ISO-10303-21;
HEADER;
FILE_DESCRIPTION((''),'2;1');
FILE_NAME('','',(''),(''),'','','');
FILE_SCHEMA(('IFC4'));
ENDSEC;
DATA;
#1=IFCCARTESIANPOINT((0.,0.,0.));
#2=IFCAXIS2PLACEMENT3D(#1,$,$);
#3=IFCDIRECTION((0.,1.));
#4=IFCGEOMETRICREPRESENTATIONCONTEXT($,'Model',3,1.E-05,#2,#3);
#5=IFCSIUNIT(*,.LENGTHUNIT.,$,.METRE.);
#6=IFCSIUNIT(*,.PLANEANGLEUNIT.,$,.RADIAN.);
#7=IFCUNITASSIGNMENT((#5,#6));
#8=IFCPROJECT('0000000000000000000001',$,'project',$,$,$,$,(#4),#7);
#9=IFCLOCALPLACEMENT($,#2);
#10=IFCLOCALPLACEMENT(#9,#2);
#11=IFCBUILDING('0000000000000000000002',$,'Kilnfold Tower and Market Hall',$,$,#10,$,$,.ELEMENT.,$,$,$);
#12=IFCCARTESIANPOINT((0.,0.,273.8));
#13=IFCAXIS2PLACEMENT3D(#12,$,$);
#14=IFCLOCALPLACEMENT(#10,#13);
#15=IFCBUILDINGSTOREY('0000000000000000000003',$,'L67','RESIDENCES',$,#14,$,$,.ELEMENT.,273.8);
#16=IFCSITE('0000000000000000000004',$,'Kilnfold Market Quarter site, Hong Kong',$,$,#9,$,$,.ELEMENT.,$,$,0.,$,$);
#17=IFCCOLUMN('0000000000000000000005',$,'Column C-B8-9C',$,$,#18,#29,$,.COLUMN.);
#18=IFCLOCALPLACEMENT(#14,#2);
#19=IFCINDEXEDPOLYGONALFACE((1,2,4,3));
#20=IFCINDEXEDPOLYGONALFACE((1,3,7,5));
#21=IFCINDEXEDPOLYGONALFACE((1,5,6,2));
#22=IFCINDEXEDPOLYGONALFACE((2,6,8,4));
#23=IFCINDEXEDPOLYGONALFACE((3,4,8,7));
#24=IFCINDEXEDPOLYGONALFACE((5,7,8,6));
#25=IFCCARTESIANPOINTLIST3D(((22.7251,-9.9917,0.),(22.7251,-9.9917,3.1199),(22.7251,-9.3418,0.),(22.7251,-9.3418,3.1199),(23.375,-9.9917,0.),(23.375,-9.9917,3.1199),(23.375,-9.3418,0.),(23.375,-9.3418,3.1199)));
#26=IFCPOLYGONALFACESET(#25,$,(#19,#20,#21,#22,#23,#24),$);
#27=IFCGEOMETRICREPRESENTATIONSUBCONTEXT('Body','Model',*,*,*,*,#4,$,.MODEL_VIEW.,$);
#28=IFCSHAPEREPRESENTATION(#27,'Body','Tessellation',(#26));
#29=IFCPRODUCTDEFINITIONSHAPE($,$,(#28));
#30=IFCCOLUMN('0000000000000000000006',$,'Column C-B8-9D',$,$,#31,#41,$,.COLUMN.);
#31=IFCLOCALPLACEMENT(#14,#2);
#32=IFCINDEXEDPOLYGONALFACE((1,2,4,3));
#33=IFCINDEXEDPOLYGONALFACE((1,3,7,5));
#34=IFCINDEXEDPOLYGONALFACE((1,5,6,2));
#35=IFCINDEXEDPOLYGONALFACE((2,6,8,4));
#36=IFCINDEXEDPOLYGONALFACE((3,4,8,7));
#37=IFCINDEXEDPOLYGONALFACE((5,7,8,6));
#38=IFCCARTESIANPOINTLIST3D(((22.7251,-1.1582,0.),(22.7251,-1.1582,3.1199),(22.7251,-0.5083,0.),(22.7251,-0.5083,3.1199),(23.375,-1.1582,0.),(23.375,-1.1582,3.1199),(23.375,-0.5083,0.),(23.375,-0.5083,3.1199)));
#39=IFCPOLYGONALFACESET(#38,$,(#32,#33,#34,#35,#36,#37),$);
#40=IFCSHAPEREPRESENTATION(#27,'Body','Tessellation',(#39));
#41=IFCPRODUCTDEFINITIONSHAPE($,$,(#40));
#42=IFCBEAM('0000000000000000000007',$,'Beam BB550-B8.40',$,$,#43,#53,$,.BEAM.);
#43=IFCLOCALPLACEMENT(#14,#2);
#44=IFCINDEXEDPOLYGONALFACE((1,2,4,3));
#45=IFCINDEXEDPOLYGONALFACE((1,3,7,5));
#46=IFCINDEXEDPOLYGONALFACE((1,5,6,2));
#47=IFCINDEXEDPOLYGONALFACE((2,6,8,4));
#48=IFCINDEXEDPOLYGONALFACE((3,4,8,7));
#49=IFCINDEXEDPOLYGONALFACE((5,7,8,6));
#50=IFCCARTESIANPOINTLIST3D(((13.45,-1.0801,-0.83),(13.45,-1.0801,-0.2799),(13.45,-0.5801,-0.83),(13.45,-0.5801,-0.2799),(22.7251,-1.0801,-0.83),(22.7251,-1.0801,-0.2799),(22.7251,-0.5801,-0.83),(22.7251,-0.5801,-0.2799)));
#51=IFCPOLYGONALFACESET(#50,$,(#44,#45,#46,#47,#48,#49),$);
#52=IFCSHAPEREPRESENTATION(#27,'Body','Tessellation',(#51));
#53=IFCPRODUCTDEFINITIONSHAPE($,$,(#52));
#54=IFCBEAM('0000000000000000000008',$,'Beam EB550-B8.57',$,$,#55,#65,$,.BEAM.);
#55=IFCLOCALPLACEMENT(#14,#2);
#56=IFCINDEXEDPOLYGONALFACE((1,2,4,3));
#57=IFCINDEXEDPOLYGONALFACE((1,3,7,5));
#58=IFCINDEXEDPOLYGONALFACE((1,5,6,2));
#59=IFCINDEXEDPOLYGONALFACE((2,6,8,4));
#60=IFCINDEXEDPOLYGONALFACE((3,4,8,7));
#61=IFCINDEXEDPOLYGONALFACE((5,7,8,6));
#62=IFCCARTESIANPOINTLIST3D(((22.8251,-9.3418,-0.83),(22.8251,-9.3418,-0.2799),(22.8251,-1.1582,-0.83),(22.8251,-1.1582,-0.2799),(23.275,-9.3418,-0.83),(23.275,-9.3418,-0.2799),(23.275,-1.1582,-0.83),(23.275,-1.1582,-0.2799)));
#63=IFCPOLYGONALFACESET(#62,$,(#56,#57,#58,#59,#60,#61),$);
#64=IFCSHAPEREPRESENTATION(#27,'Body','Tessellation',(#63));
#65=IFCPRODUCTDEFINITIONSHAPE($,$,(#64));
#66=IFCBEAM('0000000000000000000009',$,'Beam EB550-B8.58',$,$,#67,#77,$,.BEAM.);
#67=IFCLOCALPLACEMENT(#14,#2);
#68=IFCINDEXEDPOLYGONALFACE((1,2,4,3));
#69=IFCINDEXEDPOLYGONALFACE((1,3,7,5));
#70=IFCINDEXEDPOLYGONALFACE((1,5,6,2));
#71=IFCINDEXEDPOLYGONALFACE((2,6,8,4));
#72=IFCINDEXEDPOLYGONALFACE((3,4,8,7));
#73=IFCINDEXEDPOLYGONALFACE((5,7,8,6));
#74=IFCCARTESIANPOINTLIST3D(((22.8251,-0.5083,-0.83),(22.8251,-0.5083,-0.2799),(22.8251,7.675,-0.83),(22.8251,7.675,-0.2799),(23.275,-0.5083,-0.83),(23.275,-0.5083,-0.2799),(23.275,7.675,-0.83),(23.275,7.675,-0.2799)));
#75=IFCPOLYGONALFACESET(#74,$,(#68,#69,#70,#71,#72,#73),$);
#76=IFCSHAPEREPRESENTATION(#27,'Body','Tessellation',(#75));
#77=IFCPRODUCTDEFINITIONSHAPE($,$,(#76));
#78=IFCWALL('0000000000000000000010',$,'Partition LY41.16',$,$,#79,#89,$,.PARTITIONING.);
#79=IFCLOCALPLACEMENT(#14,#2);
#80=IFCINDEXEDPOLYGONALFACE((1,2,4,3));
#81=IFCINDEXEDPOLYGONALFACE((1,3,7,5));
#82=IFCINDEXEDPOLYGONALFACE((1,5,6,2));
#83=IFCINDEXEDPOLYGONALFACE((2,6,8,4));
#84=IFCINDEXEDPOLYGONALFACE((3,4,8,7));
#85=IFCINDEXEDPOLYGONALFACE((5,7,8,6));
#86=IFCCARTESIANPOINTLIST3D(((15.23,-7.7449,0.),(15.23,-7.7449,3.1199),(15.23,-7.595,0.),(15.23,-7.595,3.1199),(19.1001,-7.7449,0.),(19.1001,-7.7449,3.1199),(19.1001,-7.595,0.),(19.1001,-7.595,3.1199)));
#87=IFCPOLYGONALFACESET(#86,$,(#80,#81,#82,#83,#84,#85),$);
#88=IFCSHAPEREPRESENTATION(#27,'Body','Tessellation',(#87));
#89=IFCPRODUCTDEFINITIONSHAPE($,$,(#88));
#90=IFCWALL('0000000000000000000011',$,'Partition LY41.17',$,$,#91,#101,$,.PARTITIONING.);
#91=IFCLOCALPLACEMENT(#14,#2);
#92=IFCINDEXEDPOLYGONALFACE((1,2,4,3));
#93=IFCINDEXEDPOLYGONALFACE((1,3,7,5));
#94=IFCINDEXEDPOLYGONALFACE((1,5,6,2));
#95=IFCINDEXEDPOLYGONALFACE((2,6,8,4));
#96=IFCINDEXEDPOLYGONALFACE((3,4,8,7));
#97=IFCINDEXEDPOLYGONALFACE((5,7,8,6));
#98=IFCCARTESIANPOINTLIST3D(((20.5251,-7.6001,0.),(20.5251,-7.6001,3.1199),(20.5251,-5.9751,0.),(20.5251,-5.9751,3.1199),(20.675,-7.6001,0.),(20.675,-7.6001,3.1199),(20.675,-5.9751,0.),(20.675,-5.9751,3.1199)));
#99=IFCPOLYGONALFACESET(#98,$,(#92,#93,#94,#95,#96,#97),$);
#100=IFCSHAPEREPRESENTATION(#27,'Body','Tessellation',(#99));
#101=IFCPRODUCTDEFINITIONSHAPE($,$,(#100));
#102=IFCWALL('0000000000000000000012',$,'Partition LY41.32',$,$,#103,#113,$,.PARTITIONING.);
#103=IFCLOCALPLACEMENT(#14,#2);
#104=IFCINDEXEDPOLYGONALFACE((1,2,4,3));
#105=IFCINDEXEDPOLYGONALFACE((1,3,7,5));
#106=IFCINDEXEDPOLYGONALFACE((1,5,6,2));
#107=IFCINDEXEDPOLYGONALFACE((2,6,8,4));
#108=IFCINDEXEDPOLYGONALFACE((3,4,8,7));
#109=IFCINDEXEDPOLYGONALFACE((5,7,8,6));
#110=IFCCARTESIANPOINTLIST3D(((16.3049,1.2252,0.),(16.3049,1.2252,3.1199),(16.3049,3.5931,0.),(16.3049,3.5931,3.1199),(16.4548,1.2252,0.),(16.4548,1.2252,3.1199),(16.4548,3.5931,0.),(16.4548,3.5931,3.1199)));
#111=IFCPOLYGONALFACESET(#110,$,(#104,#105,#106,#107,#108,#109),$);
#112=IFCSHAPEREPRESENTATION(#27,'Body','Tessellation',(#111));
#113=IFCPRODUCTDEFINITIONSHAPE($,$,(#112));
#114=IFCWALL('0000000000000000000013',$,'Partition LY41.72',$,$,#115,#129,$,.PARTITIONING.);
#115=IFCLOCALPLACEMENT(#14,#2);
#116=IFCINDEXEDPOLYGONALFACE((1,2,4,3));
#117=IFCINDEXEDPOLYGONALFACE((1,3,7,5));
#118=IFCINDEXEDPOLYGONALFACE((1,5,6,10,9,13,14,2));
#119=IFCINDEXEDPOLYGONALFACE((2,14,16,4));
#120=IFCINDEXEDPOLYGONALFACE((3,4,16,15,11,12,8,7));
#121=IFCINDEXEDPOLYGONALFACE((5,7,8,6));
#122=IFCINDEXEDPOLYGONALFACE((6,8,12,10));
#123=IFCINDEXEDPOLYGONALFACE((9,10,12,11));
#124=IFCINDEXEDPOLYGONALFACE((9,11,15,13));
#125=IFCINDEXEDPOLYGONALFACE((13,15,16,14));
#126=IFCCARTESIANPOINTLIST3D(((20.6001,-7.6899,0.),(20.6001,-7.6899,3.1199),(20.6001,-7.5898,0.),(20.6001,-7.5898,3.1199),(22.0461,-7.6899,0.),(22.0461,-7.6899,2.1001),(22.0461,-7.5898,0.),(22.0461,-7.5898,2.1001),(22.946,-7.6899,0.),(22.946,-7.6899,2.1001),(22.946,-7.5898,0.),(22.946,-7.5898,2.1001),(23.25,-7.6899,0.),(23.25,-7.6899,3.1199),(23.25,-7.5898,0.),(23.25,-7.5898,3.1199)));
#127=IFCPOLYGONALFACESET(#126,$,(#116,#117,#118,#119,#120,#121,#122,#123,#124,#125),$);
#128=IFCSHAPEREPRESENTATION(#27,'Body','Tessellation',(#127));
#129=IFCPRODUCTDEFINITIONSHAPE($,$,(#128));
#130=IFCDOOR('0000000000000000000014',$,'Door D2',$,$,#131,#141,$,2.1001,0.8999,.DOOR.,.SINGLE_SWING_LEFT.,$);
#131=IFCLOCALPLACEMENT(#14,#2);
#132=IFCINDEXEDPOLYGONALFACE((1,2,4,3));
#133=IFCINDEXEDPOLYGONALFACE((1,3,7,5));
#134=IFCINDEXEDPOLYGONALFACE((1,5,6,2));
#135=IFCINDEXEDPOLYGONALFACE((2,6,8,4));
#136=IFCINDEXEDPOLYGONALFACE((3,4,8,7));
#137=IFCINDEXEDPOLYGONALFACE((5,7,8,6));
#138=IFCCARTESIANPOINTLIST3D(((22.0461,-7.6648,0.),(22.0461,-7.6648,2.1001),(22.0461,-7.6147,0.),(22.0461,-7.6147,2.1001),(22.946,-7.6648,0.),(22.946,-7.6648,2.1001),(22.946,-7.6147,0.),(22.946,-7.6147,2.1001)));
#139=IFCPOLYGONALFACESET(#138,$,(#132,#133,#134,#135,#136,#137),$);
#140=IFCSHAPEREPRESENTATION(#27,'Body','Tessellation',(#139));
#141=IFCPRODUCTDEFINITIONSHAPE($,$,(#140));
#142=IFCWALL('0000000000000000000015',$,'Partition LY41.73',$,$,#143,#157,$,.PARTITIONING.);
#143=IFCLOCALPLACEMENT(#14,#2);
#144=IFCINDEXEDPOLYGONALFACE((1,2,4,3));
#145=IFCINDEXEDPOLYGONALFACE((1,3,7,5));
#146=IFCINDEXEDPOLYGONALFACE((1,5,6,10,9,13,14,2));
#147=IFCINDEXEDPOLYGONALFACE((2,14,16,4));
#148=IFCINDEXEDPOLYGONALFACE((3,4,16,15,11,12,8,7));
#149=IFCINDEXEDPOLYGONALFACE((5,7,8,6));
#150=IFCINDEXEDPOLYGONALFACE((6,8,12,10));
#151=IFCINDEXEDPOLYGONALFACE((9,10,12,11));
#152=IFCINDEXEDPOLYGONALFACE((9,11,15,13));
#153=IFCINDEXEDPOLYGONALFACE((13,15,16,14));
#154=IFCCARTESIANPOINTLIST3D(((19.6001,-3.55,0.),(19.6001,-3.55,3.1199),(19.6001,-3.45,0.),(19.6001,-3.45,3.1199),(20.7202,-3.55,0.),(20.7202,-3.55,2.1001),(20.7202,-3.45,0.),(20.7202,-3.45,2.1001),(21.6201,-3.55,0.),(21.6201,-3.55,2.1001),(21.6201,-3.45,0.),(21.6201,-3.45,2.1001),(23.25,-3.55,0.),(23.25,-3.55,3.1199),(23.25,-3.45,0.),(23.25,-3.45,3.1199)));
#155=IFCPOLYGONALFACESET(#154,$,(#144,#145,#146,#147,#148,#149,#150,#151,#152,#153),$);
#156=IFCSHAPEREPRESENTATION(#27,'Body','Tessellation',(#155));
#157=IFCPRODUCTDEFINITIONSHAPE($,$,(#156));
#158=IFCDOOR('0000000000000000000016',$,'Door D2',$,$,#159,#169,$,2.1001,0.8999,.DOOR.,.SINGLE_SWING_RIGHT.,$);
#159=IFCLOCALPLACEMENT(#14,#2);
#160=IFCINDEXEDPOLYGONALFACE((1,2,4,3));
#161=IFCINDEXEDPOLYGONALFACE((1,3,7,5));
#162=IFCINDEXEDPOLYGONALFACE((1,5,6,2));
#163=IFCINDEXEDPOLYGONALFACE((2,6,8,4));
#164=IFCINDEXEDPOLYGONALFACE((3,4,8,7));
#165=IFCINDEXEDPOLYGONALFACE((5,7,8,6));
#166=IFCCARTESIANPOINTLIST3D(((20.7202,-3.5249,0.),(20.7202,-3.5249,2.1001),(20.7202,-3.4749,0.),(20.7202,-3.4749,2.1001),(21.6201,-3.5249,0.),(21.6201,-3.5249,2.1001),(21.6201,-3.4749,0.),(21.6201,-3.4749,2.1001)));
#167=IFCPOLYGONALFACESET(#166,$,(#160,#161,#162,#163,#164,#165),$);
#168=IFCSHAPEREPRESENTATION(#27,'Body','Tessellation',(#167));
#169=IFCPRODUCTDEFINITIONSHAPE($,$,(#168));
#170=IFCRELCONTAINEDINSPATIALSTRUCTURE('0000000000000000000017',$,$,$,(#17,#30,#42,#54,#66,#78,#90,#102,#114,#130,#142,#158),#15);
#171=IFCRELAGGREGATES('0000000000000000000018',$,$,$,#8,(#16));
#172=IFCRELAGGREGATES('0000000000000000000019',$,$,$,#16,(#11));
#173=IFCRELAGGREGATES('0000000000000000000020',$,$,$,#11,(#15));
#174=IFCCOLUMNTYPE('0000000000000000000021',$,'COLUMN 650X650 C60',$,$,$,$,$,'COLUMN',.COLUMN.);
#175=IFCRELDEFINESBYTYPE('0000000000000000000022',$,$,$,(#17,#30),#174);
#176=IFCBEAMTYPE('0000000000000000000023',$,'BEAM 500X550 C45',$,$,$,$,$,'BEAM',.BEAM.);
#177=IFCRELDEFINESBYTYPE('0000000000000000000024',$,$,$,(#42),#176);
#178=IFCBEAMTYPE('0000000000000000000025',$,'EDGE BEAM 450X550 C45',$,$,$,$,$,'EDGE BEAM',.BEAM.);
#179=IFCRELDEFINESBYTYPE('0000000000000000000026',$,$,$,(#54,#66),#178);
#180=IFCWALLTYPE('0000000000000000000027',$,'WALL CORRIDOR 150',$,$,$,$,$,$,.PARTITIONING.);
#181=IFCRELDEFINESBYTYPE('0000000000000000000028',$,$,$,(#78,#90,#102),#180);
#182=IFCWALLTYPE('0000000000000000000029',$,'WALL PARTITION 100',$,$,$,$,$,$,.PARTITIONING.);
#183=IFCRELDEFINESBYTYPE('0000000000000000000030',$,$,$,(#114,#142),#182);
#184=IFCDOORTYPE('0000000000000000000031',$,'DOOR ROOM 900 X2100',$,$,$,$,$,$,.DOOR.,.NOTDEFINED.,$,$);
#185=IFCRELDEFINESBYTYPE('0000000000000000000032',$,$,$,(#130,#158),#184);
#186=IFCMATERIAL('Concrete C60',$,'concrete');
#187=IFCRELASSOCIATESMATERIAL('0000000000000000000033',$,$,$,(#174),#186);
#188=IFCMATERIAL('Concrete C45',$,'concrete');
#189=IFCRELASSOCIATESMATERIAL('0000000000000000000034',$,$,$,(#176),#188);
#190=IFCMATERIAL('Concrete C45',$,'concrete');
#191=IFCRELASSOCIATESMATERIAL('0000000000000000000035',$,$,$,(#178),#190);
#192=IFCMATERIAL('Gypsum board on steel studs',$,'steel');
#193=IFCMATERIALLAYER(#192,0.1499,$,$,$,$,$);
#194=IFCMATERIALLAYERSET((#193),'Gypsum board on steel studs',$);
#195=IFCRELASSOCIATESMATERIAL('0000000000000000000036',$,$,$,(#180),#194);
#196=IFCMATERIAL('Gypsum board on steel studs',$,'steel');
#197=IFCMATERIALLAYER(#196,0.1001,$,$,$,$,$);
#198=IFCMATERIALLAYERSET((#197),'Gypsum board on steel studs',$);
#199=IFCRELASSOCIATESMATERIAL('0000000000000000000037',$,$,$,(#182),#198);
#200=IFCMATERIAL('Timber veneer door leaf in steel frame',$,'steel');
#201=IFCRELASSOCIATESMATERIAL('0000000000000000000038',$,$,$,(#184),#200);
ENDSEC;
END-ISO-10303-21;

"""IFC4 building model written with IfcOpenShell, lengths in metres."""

from ifc_helpers import new_model, si_unit, direction, frame, frame_2d, origin, origin_2d, place, context, subcontext, project, spatial, rectangle, extrude, source, transform, mapped, material, layer, layer_set, material_profile, profile_set, type_object, element, fill, save


model = new_model("IFC4")

# Units and contexts
model_context = context("Model", 3, precision=1e-05, world=origin(), true_north=direction((0.0, 1.0)))
body_context = subcontext(model_context, "Body", "Model", "MODEL_VIEW")
ifc_project = project(units=[si_unit("LENGTHUNIT", "METRE"), si_unit("PLANEANGLEUNIT", "RADIAN")], contexts=[model_context])

# Site, building, storey
site_placement = place(None, origin())
site = spatial("IfcSite", under=ifc_project, at=site_placement, Name="Kilnfold Market Quarter site, Hong Kong", CompositionType="ELEMENT", RefElevation=0.0)
building_placement = place(site_placement, origin())
building = spatial("IfcBuilding", under=site, at=building_placement, Name="Kilnfold Tower and Market Hall", CompositionType="ELEMENT")
storey_placement = place(building_placement, frame((0.0, 0.0, 273.8)))
storey = spatial("IfcBuildingStorey", under=building, at=storey_placement, Name="L67", Description="RESIDENCES", CompositionType="ELEMENT", Elevation=273.8)

# Columns
ifc_material_1 = material(Name="Concrete C60", Category="concrete")
ifc_material_profile_1 = material_profile(ifc_material_1, rectangle(XDim=0.6499, YDim=0.6499, at=origin_2d()), Name="RC 650x650")
ifc_profile_set_1 = profile_set([ifc_material_profile_1], Name="Concrete C60")
column_type = type_object("IfcColumnType", Name="COLUMN 650X650 C60", ElementType="COLUMN", PredefinedType="COLUMN", material=ifc_profile_set_1)
shared_shape_1 = source(origin(), body_context, "Body", "SweptSolid", [
    extrude(rectangle(XDim=0.6499, YDim=0.6499, at=origin_2d()), origin(), (0.0, 0.0, 1.0), 3.1199),
])
for number, where, z_axis, x_axis, name in (
    (1, (23.05, -9.6667, 0.0), (0.0, 0.0, 1.0), (1.0, 0.0, 0.0), "Column C-B8-9C"),
    (2, (23.05, -0.8333, 0.0), (0.0, 0.0, 1.0), (1.0, 0.0, 0.0), "Column C-B8-9D"),
):
    element("IfcColumn", number, at=place(storey_placement, frame(where, z_axis=z_axis, x_axis=x_axis)), inside=storey, type_object=column_type, Name=name, PredefinedType="COLUMN", context=body_context, shape_type="MappedRepresentation", body=[
        mapped(shared_shape_1, transform((0.0, 0.0, 0.0))),
    ])

# Beams
ifc_material_2 = material(Name="Concrete C45", Category="concrete")
ifc_material_profile_2 = material_profile(ifc_material_2, rectangle(XDim=0.5, YDim=0.55, at=origin_2d()), Name="RC 500x550")
ifc_profile_set_2 = profile_set([ifc_material_profile_2], Name="Concrete C45")
beam_type_1 = type_object("IfcBeamType", Name="BEAM 500X550 C45", ElementType="BEAM", PredefinedType="BEAM", material=ifc_profile_set_2)
shared_shape_2 = source(origin(), body_context, "Body", "SweptSolid", [
    extrude(rectangle(XDim=0.5, YDim=0.55, at=origin_2d()), origin(), (0.0, 0.0, 1.0), 9.2751),
])
beam_1_placement = place(storey_placement, frame((13.45, -0.8301, -0.5549), z_axis=(1.0, 0.0, 0.0), x_axis=(0.0, 1.0, 0.0)))
element("IfcBeam", 3, at=beam_1_placement, inside=storey, type_object=beam_type_1, Name="Beam BB550-B8.40", PredefinedType="BEAM", context=body_context, shape_type="MappedRepresentation", body=[
    mapped(shared_shape_2, transform((0.0, 0.0, 0.0))),
])
ifc_material_3 = material(Name="Concrete C45", Category="concrete")
ifc_material_profile_3 = material_profile(ifc_material_3, rectangle(XDim=0.45, YDim=0.55, at=origin_2d()), Name="RC 450x550")
ifc_profile_set_3 = profile_set([ifc_material_profile_3], Name="Concrete C45")
beam_type_2 = type_object("IfcBeamType", Name="EDGE BEAM 450X550 C45", ElementType="EDGE BEAM", PredefinedType="BEAM", material=ifc_profile_set_3)
shared_shape_3 = source(origin(), body_context, "Body", "SweptSolid", [
    extrude(rectangle(XDim=0.45, YDim=0.55, at=origin_2d()), origin(), (0.0, 0.0, 1.0), 8.1836),
])
beam_2_placement = place(storey_placement, frame((23.05, -9.3418, -0.5549), z_axis=(0.0, 1.0, 0.0), x_axis=(-1.0, 0.0, 0.0)))
element("IfcBeam", 4, at=beam_2_placement, inside=storey, type_object=beam_type_2, Name="Beam EB550-B8.57", PredefinedType="BEAM", context=body_context, shape_type="MappedRepresentation", body=[
    mapped(shared_shape_3, transform((0.0, 0.0, 0.0))),
])
shared_shape_4 = source(origin(), body_context, "Body", "SweptSolid", [
    extrude(rectangle(XDim=0.45, YDim=0.55, at=origin_2d()), origin(), (0.0, 0.0, 1.0), 8.1833),
])
beam_3_placement = place(storey_placement, frame((23.05, -0.5083, -0.5549), z_axis=(0.0, 1.0, 0.0), x_axis=(-1.0, 0.0, 0.0)))
element("IfcBeam", 5, at=beam_3_placement, inside=storey, type_object=beam_type_2, Name="Beam EB550-B8.58", PredefinedType="BEAM", context=body_context, shape_type="MappedRepresentation", body=[
    mapped(shared_shape_4, transform((0.0, 0.0, 0.0))),
])

# Walls
ifc_material_4 = material(Name="Gypsum board on steel studs", Category="steel")
ifc_layer_1 = layer(ifc_material_4, 0.1499)
ifc_layer_set_1 = layer_set([ifc_layer_1], Name="Gypsum board on steel studs")
wall_type_1 = type_object("IfcWallType", Name="WALL CORRIDOR 150", PredefinedType="PARTITIONING", material=ifc_layer_set_1)
wall_1_placement = place(storey_placement, frame((15.23, -7.6699, 0.0), z_axis=(0.0, 0.0, 1.0), x_axis=(1.0, 0.0, 0.0)))
element("IfcWall", 6, at=wall_1_placement, inside=storey, type_object=wall_type_1, Name="Partition LY41.16", PredefinedType="PARTITIONING", context=body_context, shape_type="SweptSolid", body=[
    extrude(rectangle(XDim=3.8701, YDim=0.1499, at=frame_2d((1.9351, 0.0))), origin(), (0.0, 0.0, 1.0), 3.1199),
])
wall_2_placement = place(storey_placement, frame((20.6001, -7.6001, 0.0), z_axis=(0.0, 0.0, 1.0), x_axis=(0.0, 1.0, 0.0)))
element("IfcWall", 7, at=wall_2_placement, inside=storey, type_object=wall_type_1, Name="Partition LY41.17", PredefinedType="PARTITIONING", context=body_context, shape_type="SweptSolid", body=[
    extrude(rectangle(XDim=1.625, YDim=0.1499, at=frame_2d((0.8125, 0.0))), origin(), (0.0, 0.0, 1.0), 3.1199),
])
wall_3_placement = place(storey_placement, frame((16.3799, 1.2251, 0.0), z_axis=(0.0, 0.0, 1.0), x_axis=(0.0, 1.0, 0.0)))
element("IfcWall", 8, at=wall_3_placement, inside=storey, type_object=wall_type_1, Name="Partition LY41.32", PredefinedType="PARTITIONING", context=body_context, shape_type="SweptSolid", body=[
    extrude(rectangle(XDim=2.3679, YDim=0.1499, at=frame_2d((1.1841, 0.0))), origin(), (0.0, 0.0, 1.0), 3.1199),
])

# Walls, openings, doors
ifc_material_5 = material(Name="Gypsum board on steel studs", Category="steel")
ifc_layer_2 = layer(ifc_material_5, 0.1001)
ifc_layer_set_2 = layer_set([ifc_layer_2], Name="Gypsum board on steel studs")
wall_type_2 = type_object("IfcWallType", Name="WALL PARTITION 100", PredefinedType="PARTITIONING", material=ifc_layer_set_2)
wall_4_placement = place(storey_placement, frame((23.25, -7.6399, 0.0), z_axis=(0.0, 0.0, 1.0), x_axis=(-1.0, 0.0, 0.0)))
wall_4 = element("IfcWall", 9, at=wall_4_placement, inside=storey, type_object=wall_type_2, Name="Partition LY41.72", PredefinedType="PARTITIONING", context=body_context, shape_type="SweptSolid", body=[
    extrude(rectangle(XDim=2.6499, YDim=0.1001, at=frame_2d((1.325, 0.0))), origin(), (0.0, 0.0, 1.0), 3.1199),
])
opening_1_placement = place(wall_4_placement, frame((0.304, 0.0, 0.0)))
opening_1 = element("IfcOpeningElement", 10, at=opening_1_placement, cuts=wall_4, PredefinedType="OPENING", context=body_context, shape_type="SweptSolid", body=[
    extrude(rectangle(XDim=0.8999, YDim=2.1001, at=frame_2d((0.45, 1.05))), frame((0.0, 0.0601, 0.0), z_axis=(0.0, -1.0, 0.0), x_axis=(1.0, 0.0, 0.0)), (0.0, 0.0, 1.0), 0.1201),
])
ifc_material_6 = material(Name="Timber veneer door leaf in steel frame", Category="steel")
door_type_1 = type_object("IfcDoorType", Name="DOOR ROOM 900 X2100", OperationType="NOTDEFINED", PredefinedType="DOOR", material=ifc_material_6)
door_1_placement = place(opening_1_placement, origin())
door_1 = element("IfcDoor", 11, at=door_1_placement, inside=storey, type_object=door_type_1, Name="Door D2", OperationType="SINGLE_SWING_LEFT", OverallHeight=2.1001, OverallWidth=0.8999, PredefinedType="DOOR", context=body_context, shape_type="SweptSolid", body=[
    extrude(rectangle(XDim=0.8999, YDim=2.1001, at=frame_2d((0.45, 1.05))), frame((0.0, 0.0249, 0.0), z_axis=(0.0, -1.0, 0.0), x_axis=(1.0, 0.0, 0.0)), (0.0, 0.0, 1.0), 0.05),
])
fill(opening_1, door_1)
wall_5_placement = place(storey_placement, frame((23.25, -3.5, 0.0), z_axis=(0.0, 0.0, 1.0), x_axis=(-1.0, 0.0, 0.0)))
wall_5 = element("IfcWall", 12, at=wall_5_placement, inside=storey, type_object=wall_type_2, Name="Partition LY41.73", PredefinedType="PARTITIONING", context=body_context, shape_type="SweptSolid", body=[
    extrude(rectangle(XDim=3.6499, YDim=0.1001, at=frame_2d((1.825, 0.0))), origin(), (0.0, 0.0, 1.0), 3.1199),
])
opening_2_placement = place(wall_5_placement, frame((1.6299, 0.0, 0.0)))
opening_2 = element("IfcOpeningElement", 13, at=opening_2_placement, cuts=wall_5, PredefinedType="OPENING", context=body_context, shape_type="SweptSolid", body=[
    extrude(rectangle(XDim=0.8999, YDim=2.1001, at=frame_2d((0.45, 1.05))), frame((0.0, 0.0601, 0.0), z_axis=(0.0, -1.0, 0.0), x_axis=(1.0, 0.0, 0.0)), (0.0, 0.0, 1.0), 0.1201),
])
door_2_placement = place(opening_2_placement, origin())
door_2 = element("IfcDoor", 14, at=door_2_placement, inside=storey, type_object=door_type_1, Name="Door D2", OperationType="SINGLE_SWING_RIGHT", OverallHeight=2.1001, OverallWidth=0.8999, PredefinedType="DOOR", context=body_context, shape_type="SweptSolid", body=[
    extrude(rectangle(XDim=0.8999, YDim=2.1001, at=frame_2d((0.45, 1.05))), frame((0.0, 0.0249, 0.0), z_axis=(0.0, -1.0, 0.0), x_axis=(1.0, 0.0, 0.0)), (0.0, 0.0, 1.0), 0.05),
])
fill(opening_2, door_2)

save(model, "model.ifc")
